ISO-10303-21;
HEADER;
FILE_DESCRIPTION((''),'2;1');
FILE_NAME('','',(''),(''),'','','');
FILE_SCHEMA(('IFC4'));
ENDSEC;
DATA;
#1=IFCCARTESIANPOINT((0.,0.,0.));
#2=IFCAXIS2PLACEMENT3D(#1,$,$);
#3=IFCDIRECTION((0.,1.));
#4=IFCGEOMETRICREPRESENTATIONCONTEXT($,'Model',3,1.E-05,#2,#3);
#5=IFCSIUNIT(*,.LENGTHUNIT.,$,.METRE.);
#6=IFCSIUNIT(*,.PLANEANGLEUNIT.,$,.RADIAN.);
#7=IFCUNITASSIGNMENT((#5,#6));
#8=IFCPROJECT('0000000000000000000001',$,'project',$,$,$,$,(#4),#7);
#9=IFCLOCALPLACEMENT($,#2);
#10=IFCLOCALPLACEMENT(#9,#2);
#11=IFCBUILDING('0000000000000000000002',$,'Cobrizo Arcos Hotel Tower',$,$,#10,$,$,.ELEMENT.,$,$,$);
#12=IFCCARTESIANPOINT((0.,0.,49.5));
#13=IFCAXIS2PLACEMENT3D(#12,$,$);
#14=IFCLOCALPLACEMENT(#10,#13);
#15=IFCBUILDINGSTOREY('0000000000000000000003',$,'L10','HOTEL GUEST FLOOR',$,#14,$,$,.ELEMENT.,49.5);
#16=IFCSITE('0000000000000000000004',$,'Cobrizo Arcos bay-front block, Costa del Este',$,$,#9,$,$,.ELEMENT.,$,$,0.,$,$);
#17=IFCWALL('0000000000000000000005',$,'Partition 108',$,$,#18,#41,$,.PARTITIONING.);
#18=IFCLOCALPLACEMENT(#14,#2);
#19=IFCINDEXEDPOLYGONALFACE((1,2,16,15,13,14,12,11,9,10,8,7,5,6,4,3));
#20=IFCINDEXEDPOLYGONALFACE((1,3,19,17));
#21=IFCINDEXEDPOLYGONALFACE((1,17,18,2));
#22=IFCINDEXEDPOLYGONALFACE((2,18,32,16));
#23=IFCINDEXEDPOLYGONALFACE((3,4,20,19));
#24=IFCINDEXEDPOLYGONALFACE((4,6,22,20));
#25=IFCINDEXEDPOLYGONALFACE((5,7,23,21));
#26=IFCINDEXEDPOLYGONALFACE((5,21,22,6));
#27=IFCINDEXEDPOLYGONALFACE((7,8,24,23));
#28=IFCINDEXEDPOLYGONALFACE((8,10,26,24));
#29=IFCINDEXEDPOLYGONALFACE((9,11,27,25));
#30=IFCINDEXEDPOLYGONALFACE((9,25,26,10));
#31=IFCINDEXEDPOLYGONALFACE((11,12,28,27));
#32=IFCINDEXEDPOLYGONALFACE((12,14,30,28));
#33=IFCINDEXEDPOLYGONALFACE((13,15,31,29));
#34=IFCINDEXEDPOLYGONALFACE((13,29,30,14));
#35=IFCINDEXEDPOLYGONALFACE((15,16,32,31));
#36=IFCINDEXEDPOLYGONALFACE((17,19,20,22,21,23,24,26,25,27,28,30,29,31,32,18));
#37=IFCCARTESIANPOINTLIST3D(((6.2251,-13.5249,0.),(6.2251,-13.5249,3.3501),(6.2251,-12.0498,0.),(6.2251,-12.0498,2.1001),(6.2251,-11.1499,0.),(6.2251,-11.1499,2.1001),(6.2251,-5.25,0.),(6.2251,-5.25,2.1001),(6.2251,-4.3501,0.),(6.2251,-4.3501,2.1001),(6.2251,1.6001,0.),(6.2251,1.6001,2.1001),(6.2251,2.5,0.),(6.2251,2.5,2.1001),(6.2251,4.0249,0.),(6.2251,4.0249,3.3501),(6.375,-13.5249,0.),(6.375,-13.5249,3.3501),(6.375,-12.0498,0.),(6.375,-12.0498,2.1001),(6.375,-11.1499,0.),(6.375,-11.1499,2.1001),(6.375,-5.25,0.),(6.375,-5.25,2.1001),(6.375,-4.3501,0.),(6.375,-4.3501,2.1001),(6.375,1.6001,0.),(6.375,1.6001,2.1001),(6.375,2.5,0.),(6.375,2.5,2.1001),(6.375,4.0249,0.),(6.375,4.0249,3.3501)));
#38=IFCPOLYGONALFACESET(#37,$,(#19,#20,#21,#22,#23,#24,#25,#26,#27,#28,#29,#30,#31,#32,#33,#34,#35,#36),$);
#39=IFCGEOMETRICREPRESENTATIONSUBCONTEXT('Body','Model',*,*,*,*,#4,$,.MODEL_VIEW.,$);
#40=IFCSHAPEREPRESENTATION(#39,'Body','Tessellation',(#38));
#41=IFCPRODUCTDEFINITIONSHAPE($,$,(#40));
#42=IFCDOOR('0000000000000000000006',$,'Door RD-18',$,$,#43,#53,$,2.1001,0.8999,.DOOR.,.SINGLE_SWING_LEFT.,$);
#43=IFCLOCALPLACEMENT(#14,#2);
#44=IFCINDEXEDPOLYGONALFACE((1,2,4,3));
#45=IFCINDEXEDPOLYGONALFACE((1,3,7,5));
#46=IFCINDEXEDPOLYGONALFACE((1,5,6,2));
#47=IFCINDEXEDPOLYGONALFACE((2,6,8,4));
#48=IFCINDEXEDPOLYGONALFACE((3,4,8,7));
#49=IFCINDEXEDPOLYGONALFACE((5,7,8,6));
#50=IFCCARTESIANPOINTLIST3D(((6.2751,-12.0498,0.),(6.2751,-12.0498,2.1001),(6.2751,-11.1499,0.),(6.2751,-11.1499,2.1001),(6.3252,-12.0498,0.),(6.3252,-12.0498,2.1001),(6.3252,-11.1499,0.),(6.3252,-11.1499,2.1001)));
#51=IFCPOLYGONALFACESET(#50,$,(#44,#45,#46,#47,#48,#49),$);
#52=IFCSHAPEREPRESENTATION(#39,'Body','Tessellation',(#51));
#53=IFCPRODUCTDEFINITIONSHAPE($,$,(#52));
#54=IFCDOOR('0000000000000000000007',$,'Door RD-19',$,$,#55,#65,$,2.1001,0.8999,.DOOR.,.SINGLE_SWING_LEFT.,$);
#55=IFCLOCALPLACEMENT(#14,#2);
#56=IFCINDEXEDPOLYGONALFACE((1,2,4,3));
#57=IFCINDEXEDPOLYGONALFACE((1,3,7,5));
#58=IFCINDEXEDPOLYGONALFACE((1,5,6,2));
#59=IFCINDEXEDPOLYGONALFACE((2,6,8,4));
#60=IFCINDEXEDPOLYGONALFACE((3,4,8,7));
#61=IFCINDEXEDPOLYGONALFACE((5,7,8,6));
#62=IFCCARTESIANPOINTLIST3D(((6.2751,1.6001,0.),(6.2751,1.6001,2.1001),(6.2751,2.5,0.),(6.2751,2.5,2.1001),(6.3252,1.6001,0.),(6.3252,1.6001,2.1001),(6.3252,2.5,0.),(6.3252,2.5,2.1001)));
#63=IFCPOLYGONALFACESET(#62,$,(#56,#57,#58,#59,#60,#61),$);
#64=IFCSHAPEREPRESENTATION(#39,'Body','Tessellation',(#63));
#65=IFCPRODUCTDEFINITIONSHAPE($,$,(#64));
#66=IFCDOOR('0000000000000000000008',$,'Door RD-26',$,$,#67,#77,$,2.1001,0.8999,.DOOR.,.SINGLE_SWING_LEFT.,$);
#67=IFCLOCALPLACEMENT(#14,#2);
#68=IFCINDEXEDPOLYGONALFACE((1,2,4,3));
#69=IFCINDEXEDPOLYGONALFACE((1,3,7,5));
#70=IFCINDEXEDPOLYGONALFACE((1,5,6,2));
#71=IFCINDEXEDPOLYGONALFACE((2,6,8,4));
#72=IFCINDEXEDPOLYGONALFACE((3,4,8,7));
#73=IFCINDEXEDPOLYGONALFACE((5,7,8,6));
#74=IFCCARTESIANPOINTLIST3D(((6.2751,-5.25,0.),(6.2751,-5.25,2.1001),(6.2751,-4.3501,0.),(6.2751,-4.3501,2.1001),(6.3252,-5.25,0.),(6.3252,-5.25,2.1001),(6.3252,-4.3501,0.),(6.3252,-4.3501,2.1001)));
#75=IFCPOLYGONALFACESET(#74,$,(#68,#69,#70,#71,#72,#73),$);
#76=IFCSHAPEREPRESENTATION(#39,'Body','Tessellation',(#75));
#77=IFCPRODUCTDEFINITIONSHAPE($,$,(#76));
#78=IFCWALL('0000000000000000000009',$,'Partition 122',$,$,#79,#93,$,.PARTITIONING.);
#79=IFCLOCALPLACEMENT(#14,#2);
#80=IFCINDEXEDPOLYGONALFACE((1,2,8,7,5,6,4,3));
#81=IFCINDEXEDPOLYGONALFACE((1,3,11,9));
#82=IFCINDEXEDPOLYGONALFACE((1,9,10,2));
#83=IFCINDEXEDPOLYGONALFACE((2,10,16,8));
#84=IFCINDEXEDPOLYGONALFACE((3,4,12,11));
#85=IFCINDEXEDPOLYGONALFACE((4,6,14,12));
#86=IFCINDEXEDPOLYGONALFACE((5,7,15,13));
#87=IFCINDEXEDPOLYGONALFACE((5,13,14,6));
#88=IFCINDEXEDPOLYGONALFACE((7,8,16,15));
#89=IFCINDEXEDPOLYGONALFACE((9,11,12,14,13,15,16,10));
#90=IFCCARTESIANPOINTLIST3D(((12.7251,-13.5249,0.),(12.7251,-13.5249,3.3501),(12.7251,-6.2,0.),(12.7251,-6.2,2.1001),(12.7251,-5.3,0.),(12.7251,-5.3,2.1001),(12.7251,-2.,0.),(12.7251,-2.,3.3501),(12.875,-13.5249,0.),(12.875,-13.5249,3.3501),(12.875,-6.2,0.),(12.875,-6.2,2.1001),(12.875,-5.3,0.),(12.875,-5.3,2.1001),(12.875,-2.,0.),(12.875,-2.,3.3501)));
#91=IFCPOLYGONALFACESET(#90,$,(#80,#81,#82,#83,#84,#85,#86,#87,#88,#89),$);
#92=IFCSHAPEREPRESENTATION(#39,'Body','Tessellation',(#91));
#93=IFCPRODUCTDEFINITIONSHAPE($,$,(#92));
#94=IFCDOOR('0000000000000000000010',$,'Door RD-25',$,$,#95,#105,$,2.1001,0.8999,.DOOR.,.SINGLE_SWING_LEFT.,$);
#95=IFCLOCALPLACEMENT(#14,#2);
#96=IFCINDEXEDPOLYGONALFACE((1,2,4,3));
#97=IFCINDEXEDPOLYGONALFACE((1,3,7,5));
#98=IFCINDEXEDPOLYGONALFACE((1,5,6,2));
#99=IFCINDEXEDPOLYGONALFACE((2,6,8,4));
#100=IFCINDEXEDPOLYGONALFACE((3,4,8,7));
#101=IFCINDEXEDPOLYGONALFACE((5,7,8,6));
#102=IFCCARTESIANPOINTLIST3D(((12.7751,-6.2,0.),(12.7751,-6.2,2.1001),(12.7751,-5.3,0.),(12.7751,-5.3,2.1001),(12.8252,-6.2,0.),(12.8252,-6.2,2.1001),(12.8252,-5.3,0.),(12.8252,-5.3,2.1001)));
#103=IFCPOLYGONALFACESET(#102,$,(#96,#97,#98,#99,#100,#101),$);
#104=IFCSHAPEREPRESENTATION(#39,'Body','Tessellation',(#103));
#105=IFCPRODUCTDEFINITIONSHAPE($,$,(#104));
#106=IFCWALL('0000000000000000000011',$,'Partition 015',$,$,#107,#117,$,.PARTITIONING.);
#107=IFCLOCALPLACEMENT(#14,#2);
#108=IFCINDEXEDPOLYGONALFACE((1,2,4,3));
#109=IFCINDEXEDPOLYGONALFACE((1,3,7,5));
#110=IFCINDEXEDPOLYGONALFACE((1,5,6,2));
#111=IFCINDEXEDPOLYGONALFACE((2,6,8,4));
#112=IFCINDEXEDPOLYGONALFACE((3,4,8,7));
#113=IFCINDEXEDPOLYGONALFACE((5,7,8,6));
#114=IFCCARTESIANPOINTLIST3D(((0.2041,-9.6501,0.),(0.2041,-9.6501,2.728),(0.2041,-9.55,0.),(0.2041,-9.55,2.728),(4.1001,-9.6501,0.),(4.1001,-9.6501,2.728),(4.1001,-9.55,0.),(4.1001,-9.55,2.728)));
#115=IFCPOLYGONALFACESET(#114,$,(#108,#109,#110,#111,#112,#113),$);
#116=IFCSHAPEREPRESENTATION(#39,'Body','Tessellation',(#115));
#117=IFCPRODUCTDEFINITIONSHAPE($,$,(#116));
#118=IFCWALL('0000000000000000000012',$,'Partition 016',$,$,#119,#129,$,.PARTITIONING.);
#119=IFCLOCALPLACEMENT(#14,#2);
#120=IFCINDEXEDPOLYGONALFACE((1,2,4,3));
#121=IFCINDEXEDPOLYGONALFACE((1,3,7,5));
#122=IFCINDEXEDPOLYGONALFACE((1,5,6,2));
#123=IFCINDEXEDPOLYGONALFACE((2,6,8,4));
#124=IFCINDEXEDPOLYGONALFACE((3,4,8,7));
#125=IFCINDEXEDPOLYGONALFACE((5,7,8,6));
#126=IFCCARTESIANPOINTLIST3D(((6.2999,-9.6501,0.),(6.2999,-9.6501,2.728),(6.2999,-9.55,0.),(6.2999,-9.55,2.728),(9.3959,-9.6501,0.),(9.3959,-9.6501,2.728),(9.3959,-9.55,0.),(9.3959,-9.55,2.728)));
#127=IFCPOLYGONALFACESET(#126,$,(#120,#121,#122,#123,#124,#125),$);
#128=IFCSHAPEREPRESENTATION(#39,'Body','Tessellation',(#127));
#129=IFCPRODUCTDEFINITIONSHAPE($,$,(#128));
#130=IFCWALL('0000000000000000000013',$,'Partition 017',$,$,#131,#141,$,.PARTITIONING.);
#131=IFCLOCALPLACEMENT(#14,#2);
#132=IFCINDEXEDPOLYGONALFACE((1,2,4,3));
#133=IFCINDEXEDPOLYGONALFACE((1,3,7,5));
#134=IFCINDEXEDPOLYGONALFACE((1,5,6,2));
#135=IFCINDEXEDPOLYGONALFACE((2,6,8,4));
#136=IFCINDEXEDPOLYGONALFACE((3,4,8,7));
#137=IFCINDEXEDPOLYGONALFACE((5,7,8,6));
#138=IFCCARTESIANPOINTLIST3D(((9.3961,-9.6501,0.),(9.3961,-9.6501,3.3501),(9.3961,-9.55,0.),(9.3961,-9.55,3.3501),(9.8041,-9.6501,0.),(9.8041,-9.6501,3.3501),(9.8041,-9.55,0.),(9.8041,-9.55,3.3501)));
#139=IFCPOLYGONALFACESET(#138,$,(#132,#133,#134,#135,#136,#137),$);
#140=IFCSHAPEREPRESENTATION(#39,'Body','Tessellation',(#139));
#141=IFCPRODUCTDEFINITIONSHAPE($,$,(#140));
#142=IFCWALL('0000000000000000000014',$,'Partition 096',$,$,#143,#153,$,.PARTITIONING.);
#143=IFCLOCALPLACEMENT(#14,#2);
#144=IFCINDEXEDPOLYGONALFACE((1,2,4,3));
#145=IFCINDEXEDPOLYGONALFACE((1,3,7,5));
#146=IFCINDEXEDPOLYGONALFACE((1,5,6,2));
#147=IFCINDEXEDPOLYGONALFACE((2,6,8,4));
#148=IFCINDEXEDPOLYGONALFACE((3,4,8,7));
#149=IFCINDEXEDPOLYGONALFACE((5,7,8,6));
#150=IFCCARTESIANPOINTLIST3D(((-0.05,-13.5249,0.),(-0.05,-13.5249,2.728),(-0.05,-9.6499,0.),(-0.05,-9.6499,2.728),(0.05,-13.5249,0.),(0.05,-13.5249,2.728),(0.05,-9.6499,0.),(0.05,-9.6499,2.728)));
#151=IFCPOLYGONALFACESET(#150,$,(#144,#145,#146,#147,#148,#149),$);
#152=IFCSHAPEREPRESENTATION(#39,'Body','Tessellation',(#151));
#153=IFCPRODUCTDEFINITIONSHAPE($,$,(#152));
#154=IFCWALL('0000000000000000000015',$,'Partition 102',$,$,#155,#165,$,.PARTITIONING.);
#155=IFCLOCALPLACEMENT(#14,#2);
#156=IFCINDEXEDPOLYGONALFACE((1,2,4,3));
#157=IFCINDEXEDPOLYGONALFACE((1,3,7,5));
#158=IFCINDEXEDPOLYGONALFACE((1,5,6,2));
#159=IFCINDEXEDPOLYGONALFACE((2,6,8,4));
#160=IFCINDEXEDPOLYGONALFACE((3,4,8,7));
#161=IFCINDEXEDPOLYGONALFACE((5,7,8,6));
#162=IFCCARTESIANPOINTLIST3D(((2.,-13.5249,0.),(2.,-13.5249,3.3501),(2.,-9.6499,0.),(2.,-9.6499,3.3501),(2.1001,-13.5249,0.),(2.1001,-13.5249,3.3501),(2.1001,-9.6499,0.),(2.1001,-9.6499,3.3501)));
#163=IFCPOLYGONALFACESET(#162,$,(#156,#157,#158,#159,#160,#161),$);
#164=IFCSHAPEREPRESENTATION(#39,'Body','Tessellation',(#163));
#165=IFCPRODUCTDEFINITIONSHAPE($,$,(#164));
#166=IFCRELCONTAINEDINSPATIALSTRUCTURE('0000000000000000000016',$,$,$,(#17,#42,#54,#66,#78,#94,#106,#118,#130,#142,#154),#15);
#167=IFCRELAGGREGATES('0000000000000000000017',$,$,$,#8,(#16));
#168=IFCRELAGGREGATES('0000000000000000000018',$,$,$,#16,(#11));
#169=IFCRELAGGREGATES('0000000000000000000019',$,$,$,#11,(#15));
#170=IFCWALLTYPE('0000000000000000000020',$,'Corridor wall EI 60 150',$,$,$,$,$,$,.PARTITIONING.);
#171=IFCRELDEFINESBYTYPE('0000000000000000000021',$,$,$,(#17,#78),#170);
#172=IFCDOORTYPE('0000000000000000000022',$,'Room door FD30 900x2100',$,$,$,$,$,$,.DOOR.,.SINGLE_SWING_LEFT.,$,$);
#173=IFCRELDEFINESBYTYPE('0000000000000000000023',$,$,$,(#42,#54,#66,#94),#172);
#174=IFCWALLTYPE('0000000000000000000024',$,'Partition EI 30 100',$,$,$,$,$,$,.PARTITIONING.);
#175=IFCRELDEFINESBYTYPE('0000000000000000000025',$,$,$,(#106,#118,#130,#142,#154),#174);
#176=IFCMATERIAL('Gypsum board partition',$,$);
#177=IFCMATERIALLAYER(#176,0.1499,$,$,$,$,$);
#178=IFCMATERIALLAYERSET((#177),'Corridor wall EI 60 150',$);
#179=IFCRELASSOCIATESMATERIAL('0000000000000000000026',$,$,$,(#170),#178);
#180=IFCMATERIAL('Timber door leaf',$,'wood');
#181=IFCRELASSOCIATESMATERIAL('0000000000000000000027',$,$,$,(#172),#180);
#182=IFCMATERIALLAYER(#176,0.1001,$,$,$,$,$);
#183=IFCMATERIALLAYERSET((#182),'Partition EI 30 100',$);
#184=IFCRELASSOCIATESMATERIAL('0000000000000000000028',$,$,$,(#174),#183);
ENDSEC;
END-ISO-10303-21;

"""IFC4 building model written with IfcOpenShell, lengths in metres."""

from ifc_helpers import new_model, si_unit, direction, frame, frame_2d, origin, place, context, subcontext, project, spatial, rectangle, extrude, material, layer, layer_set, type_object, element, fill, save


model = new_model("IFC4")

# Units and contexts
model_context = context("Model", 3, precision=1e-05, world=origin(), true_north=direction((0.0, 1.0)))
body_context = subcontext(model_context, "Body", "Model", "MODEL_VIEW")
ifc_project = project(units=[si_unit("LENGTHUNIT", "METRE"), si_unit("PLANEANGLEUNIT", "RADIAN")], contexts=[model_context])

# Site, building, storey
site_placement = place(None, origin())
site = spatial("IfcSite", under=ifc_project, at=site_placement, Name="Cobrizo Arcos bay-front block, Costa del Este", CompositionType="ELEMENT", RefElevation=0.0)
building_placement = place(site_placement, origin())
building = spatial("IfcBuilding", under=site, at=building_placement, Name="Cobrizo Arcos Hotel Tower", CompositionType="ELEMENT")
storey_placement = place(building_placement, frame((0.0, 0.0, 49.5)))
storey = spatial("IfcBuildingStorey", under=building, at=storey_placement, Name="L10", Description="HOTEL GUEST FLOOR", CompositionType="ELEMENT", Elevation=49.5)

# Shared definitions
ifc_material_1 = material(Name="Gypsum board partition")
ifc_layer_1 = layer(ifc_material_1, 0.1499)
ifc_layer_set_1 = layer_set([ifc_layer_1], Name="Corridor wall EI 60 150")
wall_type_1 = type_object("IfcWallType", Name="Corridor wall EI 60 150", PredefinedType="PARTITIONING", material=ifc_layer_set_1)
ifc_material_2 = material(Name="Timber door leaf", Category="wood")
door_type_1 = type_object("IfcDoorType", Name="Room door FD30 900x2100", OperationType="SINGLE_SWING_LEFT", PredefinedType="DOOR", material=ifc_material_2)

# Wall, openings, doors
wall_1_placement = place(storey_placement, frame((6.3, -13.5249, 0.0), z_axis=(0.0, 0.0, 1.0), x_axis=(0.0, 1.0, 0.0)))
wall_1 = element("IfcWall", 1, at=wall_1_placement, inside=storey, type_object=wall_type_1, Name="Partition 108", PredefinedType="PARTITIONING", context=body_context, shape_type="SweptSolid", body=[
    extrude(rectangle(XDim=17.5498, YDim=0.1499, at=frame_2d((8.7749, 0.0))), origin(), (0.0, 0.0, 1.0), 3.3501),
])
opening_1_placement = place(wall_1_placement, frame((1.4751, 0.0, 0.0)))
opening_1 = element("IfcOpeningElement", 2, at=opening_1_placement, cuts=wall_1, PredefinedType="OPENING", context=body_context, shape_type="SweptSolid", body=[
    extrude(rectangle(XDim=0.8999, YDim=2.1001, at=frame_2d((0.45, 1.05))), frame((0.0, 0.0869, 0.0), z_axis=(0.0, -1.0, 0.0), x_axis=(1.0, 0.0, 0.0)), (0.0, 0.0, 1.0), 0.1738),
])
opening_2_placement = place(wall_1_placement, frame((15.125, 0.0, 0.0)))
opening_2 = element("IfcOpeningElement", 3, at=opening_2_placement, cuts=wall_1, PredefinedType="OPENING", context=body_context, shape_type="SweptSolid", body=[
    extrude(rectangle(XDim=0.8999, YDim=2.1001, at=frame_2d((0.45, 1.05))), frame((0.0, 0.0869, 0.0), z_axis=(0.0, -1.0, 0.0), x_axis=(1.0, 0.0, 0.0)), (0.0, 0.0, 1.0), 0.1738),
])
opening_3_placement = place(wall_1_placement, frame((8.2749, 0.0, 0.0)))
opening_3 = element("IfcOpeningElement", 4, at=opening_3_placement, cuts=wall_1, PredefinedType="OPENING", context=body_context, shape_type="SweptSolid", body=[
    extrude(rectangle(XDim=0.8999, YDim=2.1001, at=frame_2d((0.45, 1.05))), frame((0.0, 0.0869, 0.0), z_axis=(0.0, -1.0, 0.0), x_axis=(1.0, 0.0, 0.0)), (0.0, 0.0, 1.0), 0.1738),
])
door_1_placement = place(opening_1_placement, origin())
door_1 = element("IfcDoor", 5, at=door_1_placement, inside=storey, type_object=door_type_1, Name="Door RD-18", OperationType="SINGLE_SWING_LEFT", OverallHeight=2.1001, OverallWidth=0.8999, PredefinedType="DOOR", context=body_context, shape_type="SweptSolid", body=[
    extrude(rectangle(XDim=0.8999, YDim=2.1001, at=frame_2d((0.45, 1.05))), frame((0.0, 0.0249, 0.0), z_axis=(0.0, -1.0, 0.0), x_axis=(1.0, 0.0, 0.0)), (0.0, 0.0, 1.0), 0.05),
])
fill(opening_1, door_1)
door_2_placement = place(opening_2_placement, origin())
door_2 = element("IfcDoor", 6, at=door_2_placement, inside=storey, type_object=door_type_1, Name="Door RD-19", OperationType="SINGLE_SWING_LEFT", OverallHeight=2.1001, OverallWidth=0.8999, PredefinedType="DOOR", context=body_context, shape_type="SweptSolid", body=[
    extrude(rectangle(XDim=0.8999, YDim=2.1001, at=frame_2d((0.45, 1.05))), frame((0.0, 0.0249, 0.0), z_axis=(0.0, -1.0, 0.0), x_axis=(1.0, 0.0, 0.0)), (0.0, 0.0, 1.0), 0.05),
])
fill(opening_2, door_2)
door_3_placement = place(opening_3_placement, origin())
door_3 = element("IfcDoor", 7, at=door_3_placement, inside=storey, type_object=door_type_1, Name="Door RD-26", OperationType="SINGLE_SWING_LEFT", OverallHeight=2.1001, OverallWidth=0.8999, PredefinedType="DOOR", context=body_context, shape_type="SweptSolid", body=[
    extrude(rectangle(XDim=0.8999, YDim=2.1001, at=frame_2d((0.45, 1.05))), frame((0.0, 0.0249, 0.0), z_axis=(0.0, -1.0, 0.0), x_axis=(1.0, 0.0, 0.0)), (0.0, 0.0, 1.0), 0.05),
])
fill(opening_3, door_3)

# Wall, opening, door
wall_2_placement = place(storey_placement, frame((12.8, -13.5249, 0.0), z_axis=(0.0, 0.0, 1.0), x_axis=(0.0, 1.0, 0.0)))
wall_2 = element("IfcWall", 8, at=wall_2_placement, inside=storey, type_object=wall_type_1, Name="Partition 122", PredefinedType="PARTITIONING", context=body_context, shape_type="SweptSolid", body=[
    extrude(rectangle(XDim=11.5249, YDim=0.1499, at=frame_2d((5.7625, 0.0))), origin(), (0.0, 0.0, 1.0), 3.3501),
])
opening_4_placement = place(wall_2_placement, frame((7.325, 0.0, 0.0)))
opening_4 = element("IfcOpeningElement", 9, at=opening_4_placement, cuts=wall_2, PredefinedType="OPENING", context=body_context, shape_type="SweptSolid", body=[
    extrude(rectangle(XDim=0.8999, YDim=2.1001, at=frame_2d((0.45, 1.05))), frame((0.0, 0.0869, 0.0), z_axis=(0.0, -1.0, 0.0), x_axis=(1.0, 0.0, 0.0)), (0.0, 0.0, 1.0), 0.1738),
])
door_4_placement = place(opening_4_placement, origin())
door_4 = element("IfcDoor", 10, at=door_4_placement, inside=storey, type_object=door_type_1, Name="Door RD-25", OperationType="SINGLE_SWING_LEFT", OverallHeight=2.1001, OverallWidth=0.8999, PredefinedType="DOOR", context=body_context, shape_type="SweptSolid", body=[
    extrude(rectangle(XDim=0.8999, YDim=2.1001, at=frame_2d((0.45, 1.05))), frame((0.0, 0.0249, 0.0), z_axis=(0.0, -1.0, 0.0), x_axis=(1.0, 0.0, 0.0)), (0.0, 0.0, 1.0), 0.05),
])
fill(opening_4, door_4)

# Walls
ifc_layer_2 = layer(ifc_material_1, 0.1001)
ifc_layer_set_2 = layer_set([ifc_layer_2], Name="Partition EI 30 100")
wall_type_2 = type_object("IfcWallType", Name="Partition EI 30 100", PredefinedType="PARTITIONING", material=ifc_layer_set_2)
wall_3_placement = place(storey_placement, frame((0.2041, -9.6001, 0.0), z_axis=(0.0, 0.0, 1.0), x_axis=(1.0, 0.0, 0.0)))
element("IfcWall", 11, at=wall_3_placement, inside=storey, type_object=wall_type_2, Name="Partition 015", PredefinedType="PARTITIONING", context=body_context, shape_type="SweptSolid", body=[
    extrude(rectangle(XDim=3.896, YDim=0.1001, at=frame_2d((1.948, 0.0))), origin(), (0.0, 0.0, 1.0), 2.728),
])
wall_4_placement = place(storey_placement, frame((6.3, -9.6001, 0.0), z_axis=(0.0, 0.0, 1.0), x_axis=(1.0, 0.0, 0.0)))
element("IfcWall", 12, at=wall_4_placement, inside=storey, type_object=wall_type_2, Name="Partition 016", PredefinedType="PARTITIONING", context=body_context, shape_type="SweptSolid", body=[
    extrude(rectangle(XDim=3.0959, YDim=0.1001, at=frame_2d((1.5479, 0.0))), origin(), (0.0, 0.0, 1.0), 2.728),
])
wall_5_placement = place(storey_placement, frame((9.396, -9.6001, 0.0), z_axis=(0.0, 0.0, 1.0), x_axis=(1.0, 0.0, 0.0)))
element("IfcWall", 13, at=wall_5_placement, inside=storey, type_object=wall_type_2, Name="Partition 017", PredefinedType="PARTITIONING", context=body_context, shape_type="SweptSolid", body=[
    extrude(rectangle(XDim=0.408, YDim=0.1001, at=frame_2d((0.2041, 0.0))), origin(), (0.0, 0.0, 1.0), 3.3501),
])
wall_6_placement = place(storey_placement, frame((0.0, -13.5249, 0.0), z_axis=(0.0, 0.0, 1.0), x_axis=(0.0, 1.0, 0.0)))
element("IfcWall", 14, at=wall_6_placement, inside=storey, type_object=wall_type_2, Name="Partition 096", PredefinedType="PARTITIONING", context=body_context, shape_type="SweptSolid", body=[
    extrude(rectangle(XDim=3.875, YDim=0.1001, at=frame_2d((1.9375, 0.0))), origin(), (0.0, 0.0, 1.0), 2.728),
])
wall_7_placement = place(storey_placement, frame((2.05, -13.5249, 0.0), z_axis=(0.0, 0.0, 1.0), x_axis=(0.0, 1.0, 0.0)))
element("IfcWall", 15, at=wall_7_placement, inside=storey, type_object=wall_type_2, Name="Partition 102", PredefinedType="PARTITIONING", context=body_context, shape_type="SweptSolid", body=[
    extrude(rectangle(XDim=3.875, YDim=0.1001, at=frame_2d((1.9375, 0.0))), origin(), (0.0, 0.0, 1.0), 3.3501),
])

save(model, "model.ifc")
